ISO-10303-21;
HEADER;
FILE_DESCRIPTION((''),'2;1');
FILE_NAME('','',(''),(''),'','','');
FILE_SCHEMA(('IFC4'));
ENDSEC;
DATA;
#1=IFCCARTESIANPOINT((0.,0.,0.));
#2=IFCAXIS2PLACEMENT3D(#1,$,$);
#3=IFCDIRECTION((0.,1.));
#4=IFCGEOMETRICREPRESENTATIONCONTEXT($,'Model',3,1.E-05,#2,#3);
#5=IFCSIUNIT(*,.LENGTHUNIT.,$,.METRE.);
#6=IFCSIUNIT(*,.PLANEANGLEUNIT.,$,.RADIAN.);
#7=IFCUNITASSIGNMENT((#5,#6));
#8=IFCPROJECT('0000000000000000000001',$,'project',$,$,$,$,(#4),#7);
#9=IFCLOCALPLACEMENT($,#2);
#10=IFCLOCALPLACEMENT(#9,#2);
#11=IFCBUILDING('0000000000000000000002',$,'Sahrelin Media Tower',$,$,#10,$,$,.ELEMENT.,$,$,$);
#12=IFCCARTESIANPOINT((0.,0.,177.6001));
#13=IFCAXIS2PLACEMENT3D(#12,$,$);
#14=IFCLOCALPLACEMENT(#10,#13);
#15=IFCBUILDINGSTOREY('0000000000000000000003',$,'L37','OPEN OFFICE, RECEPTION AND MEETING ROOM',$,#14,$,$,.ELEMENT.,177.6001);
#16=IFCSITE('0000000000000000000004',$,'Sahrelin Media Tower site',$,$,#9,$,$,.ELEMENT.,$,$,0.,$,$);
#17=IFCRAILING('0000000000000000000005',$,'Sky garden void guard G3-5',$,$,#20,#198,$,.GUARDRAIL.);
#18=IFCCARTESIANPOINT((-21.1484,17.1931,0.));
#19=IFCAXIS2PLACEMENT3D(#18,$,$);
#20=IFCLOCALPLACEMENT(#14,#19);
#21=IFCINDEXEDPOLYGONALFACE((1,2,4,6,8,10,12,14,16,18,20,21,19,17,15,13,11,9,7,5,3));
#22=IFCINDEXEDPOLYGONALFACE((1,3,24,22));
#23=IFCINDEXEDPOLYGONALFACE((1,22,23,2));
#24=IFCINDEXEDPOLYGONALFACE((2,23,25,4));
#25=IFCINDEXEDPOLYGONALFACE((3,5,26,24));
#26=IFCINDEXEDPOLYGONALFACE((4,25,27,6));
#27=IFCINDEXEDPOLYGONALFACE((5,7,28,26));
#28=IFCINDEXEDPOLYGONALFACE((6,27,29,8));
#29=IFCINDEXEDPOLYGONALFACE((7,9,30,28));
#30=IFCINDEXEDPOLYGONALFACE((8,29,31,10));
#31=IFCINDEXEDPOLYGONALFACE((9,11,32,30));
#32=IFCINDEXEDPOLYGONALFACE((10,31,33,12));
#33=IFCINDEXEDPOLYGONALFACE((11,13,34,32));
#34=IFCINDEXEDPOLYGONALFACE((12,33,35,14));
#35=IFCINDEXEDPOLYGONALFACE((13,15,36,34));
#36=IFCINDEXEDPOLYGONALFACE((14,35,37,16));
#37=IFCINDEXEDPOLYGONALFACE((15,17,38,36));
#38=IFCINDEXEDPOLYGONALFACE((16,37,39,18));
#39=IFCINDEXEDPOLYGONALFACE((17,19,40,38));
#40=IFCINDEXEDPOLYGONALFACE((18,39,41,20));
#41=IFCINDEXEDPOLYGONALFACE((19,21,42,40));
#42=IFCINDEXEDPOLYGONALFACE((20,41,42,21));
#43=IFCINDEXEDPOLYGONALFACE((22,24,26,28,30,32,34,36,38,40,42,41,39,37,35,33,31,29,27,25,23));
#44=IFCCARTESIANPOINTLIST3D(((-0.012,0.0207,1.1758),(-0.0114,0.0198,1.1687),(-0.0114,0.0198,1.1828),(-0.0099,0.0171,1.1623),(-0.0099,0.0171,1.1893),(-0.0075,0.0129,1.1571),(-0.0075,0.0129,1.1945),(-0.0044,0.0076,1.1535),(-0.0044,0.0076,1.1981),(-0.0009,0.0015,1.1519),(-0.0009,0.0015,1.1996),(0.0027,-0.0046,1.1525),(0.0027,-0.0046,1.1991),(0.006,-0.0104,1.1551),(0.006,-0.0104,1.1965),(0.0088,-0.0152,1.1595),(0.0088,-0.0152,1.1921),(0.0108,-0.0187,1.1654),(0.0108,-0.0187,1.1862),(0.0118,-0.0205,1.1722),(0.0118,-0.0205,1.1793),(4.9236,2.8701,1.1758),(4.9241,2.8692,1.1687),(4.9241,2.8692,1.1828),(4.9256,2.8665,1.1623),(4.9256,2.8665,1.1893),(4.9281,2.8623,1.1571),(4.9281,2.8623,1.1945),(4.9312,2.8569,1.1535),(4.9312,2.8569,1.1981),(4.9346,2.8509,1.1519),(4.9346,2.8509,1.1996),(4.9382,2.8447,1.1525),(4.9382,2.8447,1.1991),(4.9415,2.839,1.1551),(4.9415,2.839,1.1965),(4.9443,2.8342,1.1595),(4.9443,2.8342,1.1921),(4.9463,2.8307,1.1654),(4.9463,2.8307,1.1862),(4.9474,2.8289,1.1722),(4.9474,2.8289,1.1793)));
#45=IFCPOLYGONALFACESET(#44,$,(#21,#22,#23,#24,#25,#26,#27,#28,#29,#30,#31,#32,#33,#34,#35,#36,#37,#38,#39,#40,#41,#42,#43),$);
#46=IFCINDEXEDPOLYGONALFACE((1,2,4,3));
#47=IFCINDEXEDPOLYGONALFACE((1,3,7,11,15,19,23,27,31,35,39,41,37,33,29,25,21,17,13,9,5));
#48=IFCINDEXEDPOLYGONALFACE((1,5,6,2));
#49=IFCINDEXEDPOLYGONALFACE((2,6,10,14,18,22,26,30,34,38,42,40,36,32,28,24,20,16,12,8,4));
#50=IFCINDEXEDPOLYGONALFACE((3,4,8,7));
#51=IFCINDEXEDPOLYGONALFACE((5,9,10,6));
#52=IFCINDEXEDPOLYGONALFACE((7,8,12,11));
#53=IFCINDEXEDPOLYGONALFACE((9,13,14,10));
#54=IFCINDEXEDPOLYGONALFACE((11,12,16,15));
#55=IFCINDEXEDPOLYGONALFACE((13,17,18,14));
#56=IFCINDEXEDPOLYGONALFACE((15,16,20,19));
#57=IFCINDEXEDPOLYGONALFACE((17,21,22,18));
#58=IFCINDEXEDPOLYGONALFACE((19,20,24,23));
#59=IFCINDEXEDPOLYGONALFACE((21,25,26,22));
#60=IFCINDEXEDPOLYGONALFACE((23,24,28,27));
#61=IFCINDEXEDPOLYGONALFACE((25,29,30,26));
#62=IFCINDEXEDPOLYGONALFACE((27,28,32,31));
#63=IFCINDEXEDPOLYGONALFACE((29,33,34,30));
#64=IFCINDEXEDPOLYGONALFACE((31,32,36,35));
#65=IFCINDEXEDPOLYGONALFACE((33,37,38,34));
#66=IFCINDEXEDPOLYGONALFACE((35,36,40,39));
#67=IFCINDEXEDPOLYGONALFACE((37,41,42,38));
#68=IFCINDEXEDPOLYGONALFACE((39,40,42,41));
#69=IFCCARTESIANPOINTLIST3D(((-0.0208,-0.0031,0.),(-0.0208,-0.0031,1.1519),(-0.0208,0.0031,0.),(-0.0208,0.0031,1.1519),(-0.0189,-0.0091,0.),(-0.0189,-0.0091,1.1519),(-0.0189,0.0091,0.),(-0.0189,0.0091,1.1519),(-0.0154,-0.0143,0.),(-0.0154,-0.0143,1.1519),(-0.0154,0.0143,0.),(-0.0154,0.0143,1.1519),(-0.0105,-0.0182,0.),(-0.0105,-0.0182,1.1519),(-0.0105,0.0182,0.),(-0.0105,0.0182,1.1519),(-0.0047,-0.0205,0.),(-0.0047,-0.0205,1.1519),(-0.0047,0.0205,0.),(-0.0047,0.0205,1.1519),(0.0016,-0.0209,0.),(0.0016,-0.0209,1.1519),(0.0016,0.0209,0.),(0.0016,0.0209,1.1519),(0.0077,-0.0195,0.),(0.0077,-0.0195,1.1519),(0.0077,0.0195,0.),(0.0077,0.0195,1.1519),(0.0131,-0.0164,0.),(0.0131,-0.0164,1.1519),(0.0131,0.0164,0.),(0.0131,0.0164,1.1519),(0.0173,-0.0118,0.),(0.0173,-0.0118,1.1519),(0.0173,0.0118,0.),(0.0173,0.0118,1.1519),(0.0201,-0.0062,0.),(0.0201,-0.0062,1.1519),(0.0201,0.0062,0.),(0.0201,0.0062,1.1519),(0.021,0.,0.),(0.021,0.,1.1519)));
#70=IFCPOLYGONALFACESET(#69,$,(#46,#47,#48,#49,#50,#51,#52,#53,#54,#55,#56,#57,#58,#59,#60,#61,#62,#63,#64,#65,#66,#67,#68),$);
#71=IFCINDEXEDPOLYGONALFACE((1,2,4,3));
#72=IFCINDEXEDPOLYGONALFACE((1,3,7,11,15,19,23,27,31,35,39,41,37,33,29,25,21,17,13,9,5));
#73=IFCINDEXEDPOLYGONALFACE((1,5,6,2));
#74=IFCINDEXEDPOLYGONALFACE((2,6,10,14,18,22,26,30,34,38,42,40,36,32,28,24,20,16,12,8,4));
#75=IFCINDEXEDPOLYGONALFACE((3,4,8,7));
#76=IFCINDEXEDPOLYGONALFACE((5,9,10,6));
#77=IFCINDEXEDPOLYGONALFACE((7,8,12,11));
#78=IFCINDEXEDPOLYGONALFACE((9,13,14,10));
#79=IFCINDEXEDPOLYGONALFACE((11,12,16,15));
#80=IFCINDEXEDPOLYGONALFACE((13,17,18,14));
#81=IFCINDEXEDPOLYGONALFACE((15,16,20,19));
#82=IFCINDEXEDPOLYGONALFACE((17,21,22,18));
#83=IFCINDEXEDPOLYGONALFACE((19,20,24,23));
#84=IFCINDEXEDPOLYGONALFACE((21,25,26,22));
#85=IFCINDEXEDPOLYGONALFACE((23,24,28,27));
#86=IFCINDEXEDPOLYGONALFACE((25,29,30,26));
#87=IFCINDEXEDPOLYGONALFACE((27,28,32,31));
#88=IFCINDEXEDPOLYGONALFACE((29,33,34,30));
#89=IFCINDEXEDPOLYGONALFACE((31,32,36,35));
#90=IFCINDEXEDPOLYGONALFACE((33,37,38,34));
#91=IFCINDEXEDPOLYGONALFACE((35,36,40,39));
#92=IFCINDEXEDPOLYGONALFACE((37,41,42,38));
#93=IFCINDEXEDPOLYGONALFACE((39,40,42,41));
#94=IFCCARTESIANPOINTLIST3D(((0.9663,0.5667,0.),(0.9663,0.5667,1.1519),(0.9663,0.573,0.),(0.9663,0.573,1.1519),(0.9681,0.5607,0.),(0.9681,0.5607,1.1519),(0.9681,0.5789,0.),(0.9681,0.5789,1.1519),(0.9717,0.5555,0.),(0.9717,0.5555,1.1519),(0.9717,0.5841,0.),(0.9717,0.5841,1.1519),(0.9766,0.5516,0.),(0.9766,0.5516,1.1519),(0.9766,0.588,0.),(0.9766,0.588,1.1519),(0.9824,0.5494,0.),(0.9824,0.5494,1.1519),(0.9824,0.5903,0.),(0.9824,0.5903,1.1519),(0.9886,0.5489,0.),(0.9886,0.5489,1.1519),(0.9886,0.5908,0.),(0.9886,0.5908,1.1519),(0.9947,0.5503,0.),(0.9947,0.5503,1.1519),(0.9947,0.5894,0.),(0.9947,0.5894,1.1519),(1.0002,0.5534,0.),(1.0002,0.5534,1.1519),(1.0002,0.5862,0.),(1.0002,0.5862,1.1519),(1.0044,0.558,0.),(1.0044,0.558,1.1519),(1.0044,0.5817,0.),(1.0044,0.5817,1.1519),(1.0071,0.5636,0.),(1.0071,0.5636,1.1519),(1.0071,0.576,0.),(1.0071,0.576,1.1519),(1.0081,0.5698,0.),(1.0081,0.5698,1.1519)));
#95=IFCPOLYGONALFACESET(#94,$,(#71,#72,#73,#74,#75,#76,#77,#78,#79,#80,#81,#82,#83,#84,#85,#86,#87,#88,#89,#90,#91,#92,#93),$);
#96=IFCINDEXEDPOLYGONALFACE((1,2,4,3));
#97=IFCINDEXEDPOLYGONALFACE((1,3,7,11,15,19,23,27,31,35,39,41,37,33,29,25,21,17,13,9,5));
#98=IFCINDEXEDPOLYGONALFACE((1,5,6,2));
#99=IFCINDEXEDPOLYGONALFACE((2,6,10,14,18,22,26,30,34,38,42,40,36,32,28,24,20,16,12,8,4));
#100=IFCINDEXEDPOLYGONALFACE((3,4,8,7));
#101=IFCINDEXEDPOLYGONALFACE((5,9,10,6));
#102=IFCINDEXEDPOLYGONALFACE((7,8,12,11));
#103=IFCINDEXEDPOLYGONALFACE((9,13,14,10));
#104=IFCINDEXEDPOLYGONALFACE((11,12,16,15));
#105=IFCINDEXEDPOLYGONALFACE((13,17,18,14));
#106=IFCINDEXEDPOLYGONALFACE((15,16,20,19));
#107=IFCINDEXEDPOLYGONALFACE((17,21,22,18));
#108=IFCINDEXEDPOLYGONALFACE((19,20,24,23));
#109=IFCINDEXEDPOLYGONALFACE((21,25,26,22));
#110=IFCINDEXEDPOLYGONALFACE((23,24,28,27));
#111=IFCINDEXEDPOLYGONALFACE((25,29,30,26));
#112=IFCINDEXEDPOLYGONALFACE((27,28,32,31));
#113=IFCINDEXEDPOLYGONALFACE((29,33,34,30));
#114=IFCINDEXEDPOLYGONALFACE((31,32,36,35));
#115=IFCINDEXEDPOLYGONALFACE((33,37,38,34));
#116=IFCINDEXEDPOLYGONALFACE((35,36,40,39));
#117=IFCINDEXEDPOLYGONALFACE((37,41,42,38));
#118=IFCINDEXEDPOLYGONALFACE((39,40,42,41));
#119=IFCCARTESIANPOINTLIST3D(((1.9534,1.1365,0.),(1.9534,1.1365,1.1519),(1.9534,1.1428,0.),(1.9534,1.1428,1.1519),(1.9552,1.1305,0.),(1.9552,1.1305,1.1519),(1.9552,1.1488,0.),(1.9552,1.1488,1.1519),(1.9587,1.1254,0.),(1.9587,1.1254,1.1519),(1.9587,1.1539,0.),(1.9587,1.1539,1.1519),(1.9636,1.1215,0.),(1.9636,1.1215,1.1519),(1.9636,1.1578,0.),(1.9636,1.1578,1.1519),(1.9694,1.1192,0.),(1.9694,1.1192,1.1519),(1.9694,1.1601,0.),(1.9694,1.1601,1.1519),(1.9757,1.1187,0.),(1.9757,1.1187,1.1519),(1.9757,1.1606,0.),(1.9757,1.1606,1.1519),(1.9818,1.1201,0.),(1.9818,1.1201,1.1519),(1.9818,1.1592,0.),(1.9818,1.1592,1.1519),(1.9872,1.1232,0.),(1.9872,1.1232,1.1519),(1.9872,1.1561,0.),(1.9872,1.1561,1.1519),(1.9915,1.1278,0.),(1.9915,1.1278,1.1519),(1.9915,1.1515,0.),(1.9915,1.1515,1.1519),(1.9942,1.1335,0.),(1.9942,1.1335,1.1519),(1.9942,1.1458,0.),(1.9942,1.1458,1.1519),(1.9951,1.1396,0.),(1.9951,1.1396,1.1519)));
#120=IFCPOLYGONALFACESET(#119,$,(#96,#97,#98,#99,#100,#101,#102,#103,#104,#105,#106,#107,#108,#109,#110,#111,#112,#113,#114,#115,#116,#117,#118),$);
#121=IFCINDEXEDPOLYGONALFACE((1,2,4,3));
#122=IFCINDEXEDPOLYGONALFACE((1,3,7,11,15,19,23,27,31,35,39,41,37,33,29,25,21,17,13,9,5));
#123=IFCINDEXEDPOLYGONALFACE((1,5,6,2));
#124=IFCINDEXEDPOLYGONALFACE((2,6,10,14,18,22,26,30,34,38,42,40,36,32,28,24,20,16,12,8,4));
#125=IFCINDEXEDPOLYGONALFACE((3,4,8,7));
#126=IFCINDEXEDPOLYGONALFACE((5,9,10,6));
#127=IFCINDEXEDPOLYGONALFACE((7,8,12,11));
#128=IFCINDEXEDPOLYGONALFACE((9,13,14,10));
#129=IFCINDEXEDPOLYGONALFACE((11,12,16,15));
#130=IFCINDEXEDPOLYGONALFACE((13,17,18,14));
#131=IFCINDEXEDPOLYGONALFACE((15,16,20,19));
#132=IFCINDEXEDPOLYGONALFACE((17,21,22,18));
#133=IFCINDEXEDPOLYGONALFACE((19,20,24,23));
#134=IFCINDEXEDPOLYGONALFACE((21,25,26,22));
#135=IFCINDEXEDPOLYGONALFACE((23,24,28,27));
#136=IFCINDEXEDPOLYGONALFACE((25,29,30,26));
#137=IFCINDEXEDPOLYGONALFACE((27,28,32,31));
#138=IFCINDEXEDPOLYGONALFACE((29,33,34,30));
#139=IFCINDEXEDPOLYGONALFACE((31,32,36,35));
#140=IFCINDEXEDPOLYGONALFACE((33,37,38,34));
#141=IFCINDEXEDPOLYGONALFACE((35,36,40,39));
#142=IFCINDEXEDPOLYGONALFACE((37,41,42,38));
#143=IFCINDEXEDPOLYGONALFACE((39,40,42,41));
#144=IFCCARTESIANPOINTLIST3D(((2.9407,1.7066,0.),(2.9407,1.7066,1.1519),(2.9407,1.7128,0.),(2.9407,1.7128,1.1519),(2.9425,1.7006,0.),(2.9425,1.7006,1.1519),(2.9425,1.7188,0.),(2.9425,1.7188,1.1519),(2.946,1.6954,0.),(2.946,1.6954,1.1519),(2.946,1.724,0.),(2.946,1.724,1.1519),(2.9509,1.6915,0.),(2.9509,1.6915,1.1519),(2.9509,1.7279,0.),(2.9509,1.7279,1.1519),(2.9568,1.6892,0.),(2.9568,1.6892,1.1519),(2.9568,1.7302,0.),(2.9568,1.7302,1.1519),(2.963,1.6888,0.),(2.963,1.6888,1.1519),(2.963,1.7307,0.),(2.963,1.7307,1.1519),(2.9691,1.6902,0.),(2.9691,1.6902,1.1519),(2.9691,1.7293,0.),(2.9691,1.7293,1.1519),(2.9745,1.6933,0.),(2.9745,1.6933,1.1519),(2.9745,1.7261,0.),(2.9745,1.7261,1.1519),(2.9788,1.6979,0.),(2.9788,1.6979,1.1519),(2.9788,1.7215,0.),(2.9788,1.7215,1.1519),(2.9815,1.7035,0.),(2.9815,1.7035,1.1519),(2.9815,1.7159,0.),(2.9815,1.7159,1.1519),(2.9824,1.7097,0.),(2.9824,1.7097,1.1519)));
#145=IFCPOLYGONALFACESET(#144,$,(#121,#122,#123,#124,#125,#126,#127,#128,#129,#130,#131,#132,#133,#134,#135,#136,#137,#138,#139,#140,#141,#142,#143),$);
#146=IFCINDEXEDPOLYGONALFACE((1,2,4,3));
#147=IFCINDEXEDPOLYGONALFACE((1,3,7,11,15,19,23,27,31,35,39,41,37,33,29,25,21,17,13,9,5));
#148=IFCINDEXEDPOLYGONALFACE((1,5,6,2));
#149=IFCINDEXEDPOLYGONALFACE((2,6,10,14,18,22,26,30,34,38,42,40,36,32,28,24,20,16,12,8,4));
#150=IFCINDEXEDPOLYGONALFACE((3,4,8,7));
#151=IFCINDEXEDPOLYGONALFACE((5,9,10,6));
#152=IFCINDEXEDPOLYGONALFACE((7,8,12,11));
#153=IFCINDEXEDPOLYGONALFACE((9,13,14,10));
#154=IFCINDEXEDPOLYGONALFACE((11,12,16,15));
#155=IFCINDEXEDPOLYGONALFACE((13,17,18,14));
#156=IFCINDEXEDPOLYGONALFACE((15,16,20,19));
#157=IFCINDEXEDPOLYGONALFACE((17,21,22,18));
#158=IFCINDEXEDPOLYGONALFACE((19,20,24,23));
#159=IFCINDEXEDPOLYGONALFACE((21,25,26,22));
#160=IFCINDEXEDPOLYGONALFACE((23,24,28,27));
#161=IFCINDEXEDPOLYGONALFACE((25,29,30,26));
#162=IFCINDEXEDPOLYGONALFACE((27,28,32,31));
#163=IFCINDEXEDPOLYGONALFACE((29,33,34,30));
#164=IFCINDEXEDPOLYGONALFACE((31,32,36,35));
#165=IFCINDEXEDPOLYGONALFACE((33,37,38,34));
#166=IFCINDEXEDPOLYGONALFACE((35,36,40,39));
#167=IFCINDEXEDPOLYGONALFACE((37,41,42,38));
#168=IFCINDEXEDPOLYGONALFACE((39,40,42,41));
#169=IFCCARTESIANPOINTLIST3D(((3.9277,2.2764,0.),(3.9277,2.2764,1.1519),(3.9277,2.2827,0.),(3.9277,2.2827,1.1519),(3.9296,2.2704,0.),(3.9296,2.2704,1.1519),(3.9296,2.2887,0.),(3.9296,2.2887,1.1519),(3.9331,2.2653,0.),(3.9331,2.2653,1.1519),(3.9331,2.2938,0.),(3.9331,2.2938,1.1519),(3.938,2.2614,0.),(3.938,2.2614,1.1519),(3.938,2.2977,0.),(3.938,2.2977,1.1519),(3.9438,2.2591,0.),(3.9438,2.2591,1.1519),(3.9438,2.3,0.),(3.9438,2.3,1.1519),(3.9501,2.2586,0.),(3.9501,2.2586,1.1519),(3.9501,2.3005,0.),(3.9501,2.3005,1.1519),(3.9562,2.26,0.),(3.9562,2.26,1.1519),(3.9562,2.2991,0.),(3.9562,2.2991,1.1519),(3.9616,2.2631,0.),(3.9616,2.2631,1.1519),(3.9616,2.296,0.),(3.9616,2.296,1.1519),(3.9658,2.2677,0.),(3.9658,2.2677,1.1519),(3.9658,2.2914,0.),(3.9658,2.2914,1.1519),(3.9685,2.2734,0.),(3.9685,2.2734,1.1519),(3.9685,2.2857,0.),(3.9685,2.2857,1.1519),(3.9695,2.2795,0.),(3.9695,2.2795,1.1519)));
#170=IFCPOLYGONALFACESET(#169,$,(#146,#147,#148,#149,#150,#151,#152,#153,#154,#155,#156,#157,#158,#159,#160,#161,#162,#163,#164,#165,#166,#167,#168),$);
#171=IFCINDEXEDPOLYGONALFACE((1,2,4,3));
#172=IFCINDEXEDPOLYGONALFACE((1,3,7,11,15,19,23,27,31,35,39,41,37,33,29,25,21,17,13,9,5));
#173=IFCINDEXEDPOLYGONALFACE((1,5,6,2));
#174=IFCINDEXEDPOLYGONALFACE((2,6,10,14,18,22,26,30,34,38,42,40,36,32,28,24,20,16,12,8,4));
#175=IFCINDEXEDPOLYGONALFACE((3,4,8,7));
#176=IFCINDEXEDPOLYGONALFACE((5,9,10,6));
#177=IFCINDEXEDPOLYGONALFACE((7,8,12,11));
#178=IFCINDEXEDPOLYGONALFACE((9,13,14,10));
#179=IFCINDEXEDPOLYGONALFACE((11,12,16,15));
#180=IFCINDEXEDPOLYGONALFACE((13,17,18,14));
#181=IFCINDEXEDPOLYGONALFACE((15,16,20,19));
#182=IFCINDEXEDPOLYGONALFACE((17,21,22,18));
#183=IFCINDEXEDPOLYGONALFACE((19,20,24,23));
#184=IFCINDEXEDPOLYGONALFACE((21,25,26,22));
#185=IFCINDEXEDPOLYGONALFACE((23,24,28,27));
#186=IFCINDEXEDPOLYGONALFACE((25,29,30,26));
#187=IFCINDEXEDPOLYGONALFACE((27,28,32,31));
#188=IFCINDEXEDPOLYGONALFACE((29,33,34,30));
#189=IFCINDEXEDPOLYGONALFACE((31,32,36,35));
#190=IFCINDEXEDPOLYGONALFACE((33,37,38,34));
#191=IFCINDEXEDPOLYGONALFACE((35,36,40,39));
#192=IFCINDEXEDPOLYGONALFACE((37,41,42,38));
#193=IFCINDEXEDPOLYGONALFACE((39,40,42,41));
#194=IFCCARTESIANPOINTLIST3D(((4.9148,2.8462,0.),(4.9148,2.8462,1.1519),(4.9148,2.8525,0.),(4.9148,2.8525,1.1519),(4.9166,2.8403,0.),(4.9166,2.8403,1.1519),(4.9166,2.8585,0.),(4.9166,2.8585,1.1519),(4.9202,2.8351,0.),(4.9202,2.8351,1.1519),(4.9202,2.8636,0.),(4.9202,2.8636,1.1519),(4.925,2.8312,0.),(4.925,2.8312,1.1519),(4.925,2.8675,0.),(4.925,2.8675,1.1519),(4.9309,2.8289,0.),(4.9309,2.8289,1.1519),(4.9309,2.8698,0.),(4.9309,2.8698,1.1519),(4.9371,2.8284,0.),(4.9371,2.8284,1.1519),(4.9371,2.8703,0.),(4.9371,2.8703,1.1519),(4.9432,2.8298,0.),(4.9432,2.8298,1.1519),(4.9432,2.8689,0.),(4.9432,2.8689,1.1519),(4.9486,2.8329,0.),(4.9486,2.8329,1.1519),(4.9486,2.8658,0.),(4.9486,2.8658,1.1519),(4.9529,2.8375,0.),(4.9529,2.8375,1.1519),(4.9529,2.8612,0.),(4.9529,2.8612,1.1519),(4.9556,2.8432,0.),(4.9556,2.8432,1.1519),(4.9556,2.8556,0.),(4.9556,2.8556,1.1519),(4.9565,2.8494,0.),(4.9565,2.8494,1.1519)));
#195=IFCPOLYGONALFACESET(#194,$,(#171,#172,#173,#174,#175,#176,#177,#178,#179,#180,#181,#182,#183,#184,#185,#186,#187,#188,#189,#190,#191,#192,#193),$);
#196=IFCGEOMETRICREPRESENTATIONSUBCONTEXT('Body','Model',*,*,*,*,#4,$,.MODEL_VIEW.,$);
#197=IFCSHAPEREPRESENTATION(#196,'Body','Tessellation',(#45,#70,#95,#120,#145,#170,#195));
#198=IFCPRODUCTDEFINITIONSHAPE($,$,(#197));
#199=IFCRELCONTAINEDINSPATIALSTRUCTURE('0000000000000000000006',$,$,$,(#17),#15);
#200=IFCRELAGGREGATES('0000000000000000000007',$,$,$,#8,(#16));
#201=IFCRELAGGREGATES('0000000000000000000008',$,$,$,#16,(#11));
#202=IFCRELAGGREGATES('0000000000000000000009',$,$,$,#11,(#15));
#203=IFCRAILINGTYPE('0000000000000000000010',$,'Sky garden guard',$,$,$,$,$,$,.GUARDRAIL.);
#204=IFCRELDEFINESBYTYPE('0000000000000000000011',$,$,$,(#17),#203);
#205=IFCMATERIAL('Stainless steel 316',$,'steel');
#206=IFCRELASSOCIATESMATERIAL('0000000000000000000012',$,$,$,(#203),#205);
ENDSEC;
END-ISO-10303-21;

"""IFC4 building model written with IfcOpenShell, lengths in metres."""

from ifc_helpers import new_model, si_unit, direction, frame, origin, origin_2d, place, context, subcontext, project, spatial, circle, extrude, material, type_object, element, save


model = new_model("IFC4")

# Units and contexts
model_context = context("Model", 3, precision=1e-05, world=origin(), true_north=direction((0.0, 1.0)))
body_context = subcontext(model_context, "Body", "Model", "MODEL_VIEW")
ifc_project = project(units=[si_unit("LENGTHUNIT", "METRE"), si_unit("PLANEANGLEUNIT", "RADIAN")], contexts=[model_context])

# Site, building, storey
site_placement = place(None, origin())
site = spatial("IfcSite", under=ifc_project, at=site_placement, Name="Sahrelin Media Tower site", CompositionType="ELEMENT", RefElevation=0.0)
building_placement = place(site_placement, origin())
building = spatial("IfcBuilding", under=site, at=building_placement, Name="Sahrelin Media Tower", CompositionType="ELEMENT")
storey_placement = place(building_placement, frame((0.0, 0.0, 177.6001)))
storey = spatial("IfcBuildingStorey", under=building, at=storey_placement, Name="L37", Description="OPEN OFFICE, RECEPTION AND MEETING ROOM", CompositionType="ELEMENT", Elevation=177.6001)

# Railing
ifc_material_1 = material(Name="Stainless steel 316", Category="steel")
railing_type = type_object("IfcRailingType", Name="Sky garden guard", PredefinedType="GUARDRAIL", material=ifc_material_1)
railing_1_placement = place(storey_placement, frame((-21.1484, 17.1931, 0.0)))
element("IfcRailing", 1, at=railing_1_placement, inside=storey, type_object=railing_type, Name="Sky garden void guard G3-5", PredefinedType="GUARDRAIL", context=body_context, shape_type="SweptSolid", body=[
    extrude(circle(Radius=0.0239, at=origin_2d()), frame((0.0, 0.0, 1.1758), z_axis=(0.866039, 0.499977, 0.0), x_axis=(-0.499977, 0.866039, 0.0)), (0.0, 0.0, 1.0), 5.699),
    extrude(circle(Radius=0.021, at=origin_2d()), origin(), (0.0, 0.0, 1.0), 1.1519),
    extrude(circle(Radius=0.021, at=origin_2d()), frame((0.9871, 0.5698, 0.0)), (0.0, 0.0, 1.0), 1.1519),
    extrude(circle(Radius=0.021, at=origin_2d()), frame((1.9741, 1.1396, 0.0)), (0.0, 0.0, 1.0), 1.1519),
    extrude(circle(Radius=0.021, at=origin_2d()), frame((2.9614, 1.7097, 0.0)), (0.0, 0.0, 1.0), 1.1519),
    extrude(circle(Radius=0.021, at=origin_2d()), frame((3.9485, 2.2795, 0.0)), (0.0, 0.0, 1.0), 1.1519),
    extrude(circle(Radius=0.021, at=origin_2d()), frame((4.9355, 2.8494, 0.0)), (0.0, 0.0, 1.0), 1.1519),
])

save(model, "model.ifc")
